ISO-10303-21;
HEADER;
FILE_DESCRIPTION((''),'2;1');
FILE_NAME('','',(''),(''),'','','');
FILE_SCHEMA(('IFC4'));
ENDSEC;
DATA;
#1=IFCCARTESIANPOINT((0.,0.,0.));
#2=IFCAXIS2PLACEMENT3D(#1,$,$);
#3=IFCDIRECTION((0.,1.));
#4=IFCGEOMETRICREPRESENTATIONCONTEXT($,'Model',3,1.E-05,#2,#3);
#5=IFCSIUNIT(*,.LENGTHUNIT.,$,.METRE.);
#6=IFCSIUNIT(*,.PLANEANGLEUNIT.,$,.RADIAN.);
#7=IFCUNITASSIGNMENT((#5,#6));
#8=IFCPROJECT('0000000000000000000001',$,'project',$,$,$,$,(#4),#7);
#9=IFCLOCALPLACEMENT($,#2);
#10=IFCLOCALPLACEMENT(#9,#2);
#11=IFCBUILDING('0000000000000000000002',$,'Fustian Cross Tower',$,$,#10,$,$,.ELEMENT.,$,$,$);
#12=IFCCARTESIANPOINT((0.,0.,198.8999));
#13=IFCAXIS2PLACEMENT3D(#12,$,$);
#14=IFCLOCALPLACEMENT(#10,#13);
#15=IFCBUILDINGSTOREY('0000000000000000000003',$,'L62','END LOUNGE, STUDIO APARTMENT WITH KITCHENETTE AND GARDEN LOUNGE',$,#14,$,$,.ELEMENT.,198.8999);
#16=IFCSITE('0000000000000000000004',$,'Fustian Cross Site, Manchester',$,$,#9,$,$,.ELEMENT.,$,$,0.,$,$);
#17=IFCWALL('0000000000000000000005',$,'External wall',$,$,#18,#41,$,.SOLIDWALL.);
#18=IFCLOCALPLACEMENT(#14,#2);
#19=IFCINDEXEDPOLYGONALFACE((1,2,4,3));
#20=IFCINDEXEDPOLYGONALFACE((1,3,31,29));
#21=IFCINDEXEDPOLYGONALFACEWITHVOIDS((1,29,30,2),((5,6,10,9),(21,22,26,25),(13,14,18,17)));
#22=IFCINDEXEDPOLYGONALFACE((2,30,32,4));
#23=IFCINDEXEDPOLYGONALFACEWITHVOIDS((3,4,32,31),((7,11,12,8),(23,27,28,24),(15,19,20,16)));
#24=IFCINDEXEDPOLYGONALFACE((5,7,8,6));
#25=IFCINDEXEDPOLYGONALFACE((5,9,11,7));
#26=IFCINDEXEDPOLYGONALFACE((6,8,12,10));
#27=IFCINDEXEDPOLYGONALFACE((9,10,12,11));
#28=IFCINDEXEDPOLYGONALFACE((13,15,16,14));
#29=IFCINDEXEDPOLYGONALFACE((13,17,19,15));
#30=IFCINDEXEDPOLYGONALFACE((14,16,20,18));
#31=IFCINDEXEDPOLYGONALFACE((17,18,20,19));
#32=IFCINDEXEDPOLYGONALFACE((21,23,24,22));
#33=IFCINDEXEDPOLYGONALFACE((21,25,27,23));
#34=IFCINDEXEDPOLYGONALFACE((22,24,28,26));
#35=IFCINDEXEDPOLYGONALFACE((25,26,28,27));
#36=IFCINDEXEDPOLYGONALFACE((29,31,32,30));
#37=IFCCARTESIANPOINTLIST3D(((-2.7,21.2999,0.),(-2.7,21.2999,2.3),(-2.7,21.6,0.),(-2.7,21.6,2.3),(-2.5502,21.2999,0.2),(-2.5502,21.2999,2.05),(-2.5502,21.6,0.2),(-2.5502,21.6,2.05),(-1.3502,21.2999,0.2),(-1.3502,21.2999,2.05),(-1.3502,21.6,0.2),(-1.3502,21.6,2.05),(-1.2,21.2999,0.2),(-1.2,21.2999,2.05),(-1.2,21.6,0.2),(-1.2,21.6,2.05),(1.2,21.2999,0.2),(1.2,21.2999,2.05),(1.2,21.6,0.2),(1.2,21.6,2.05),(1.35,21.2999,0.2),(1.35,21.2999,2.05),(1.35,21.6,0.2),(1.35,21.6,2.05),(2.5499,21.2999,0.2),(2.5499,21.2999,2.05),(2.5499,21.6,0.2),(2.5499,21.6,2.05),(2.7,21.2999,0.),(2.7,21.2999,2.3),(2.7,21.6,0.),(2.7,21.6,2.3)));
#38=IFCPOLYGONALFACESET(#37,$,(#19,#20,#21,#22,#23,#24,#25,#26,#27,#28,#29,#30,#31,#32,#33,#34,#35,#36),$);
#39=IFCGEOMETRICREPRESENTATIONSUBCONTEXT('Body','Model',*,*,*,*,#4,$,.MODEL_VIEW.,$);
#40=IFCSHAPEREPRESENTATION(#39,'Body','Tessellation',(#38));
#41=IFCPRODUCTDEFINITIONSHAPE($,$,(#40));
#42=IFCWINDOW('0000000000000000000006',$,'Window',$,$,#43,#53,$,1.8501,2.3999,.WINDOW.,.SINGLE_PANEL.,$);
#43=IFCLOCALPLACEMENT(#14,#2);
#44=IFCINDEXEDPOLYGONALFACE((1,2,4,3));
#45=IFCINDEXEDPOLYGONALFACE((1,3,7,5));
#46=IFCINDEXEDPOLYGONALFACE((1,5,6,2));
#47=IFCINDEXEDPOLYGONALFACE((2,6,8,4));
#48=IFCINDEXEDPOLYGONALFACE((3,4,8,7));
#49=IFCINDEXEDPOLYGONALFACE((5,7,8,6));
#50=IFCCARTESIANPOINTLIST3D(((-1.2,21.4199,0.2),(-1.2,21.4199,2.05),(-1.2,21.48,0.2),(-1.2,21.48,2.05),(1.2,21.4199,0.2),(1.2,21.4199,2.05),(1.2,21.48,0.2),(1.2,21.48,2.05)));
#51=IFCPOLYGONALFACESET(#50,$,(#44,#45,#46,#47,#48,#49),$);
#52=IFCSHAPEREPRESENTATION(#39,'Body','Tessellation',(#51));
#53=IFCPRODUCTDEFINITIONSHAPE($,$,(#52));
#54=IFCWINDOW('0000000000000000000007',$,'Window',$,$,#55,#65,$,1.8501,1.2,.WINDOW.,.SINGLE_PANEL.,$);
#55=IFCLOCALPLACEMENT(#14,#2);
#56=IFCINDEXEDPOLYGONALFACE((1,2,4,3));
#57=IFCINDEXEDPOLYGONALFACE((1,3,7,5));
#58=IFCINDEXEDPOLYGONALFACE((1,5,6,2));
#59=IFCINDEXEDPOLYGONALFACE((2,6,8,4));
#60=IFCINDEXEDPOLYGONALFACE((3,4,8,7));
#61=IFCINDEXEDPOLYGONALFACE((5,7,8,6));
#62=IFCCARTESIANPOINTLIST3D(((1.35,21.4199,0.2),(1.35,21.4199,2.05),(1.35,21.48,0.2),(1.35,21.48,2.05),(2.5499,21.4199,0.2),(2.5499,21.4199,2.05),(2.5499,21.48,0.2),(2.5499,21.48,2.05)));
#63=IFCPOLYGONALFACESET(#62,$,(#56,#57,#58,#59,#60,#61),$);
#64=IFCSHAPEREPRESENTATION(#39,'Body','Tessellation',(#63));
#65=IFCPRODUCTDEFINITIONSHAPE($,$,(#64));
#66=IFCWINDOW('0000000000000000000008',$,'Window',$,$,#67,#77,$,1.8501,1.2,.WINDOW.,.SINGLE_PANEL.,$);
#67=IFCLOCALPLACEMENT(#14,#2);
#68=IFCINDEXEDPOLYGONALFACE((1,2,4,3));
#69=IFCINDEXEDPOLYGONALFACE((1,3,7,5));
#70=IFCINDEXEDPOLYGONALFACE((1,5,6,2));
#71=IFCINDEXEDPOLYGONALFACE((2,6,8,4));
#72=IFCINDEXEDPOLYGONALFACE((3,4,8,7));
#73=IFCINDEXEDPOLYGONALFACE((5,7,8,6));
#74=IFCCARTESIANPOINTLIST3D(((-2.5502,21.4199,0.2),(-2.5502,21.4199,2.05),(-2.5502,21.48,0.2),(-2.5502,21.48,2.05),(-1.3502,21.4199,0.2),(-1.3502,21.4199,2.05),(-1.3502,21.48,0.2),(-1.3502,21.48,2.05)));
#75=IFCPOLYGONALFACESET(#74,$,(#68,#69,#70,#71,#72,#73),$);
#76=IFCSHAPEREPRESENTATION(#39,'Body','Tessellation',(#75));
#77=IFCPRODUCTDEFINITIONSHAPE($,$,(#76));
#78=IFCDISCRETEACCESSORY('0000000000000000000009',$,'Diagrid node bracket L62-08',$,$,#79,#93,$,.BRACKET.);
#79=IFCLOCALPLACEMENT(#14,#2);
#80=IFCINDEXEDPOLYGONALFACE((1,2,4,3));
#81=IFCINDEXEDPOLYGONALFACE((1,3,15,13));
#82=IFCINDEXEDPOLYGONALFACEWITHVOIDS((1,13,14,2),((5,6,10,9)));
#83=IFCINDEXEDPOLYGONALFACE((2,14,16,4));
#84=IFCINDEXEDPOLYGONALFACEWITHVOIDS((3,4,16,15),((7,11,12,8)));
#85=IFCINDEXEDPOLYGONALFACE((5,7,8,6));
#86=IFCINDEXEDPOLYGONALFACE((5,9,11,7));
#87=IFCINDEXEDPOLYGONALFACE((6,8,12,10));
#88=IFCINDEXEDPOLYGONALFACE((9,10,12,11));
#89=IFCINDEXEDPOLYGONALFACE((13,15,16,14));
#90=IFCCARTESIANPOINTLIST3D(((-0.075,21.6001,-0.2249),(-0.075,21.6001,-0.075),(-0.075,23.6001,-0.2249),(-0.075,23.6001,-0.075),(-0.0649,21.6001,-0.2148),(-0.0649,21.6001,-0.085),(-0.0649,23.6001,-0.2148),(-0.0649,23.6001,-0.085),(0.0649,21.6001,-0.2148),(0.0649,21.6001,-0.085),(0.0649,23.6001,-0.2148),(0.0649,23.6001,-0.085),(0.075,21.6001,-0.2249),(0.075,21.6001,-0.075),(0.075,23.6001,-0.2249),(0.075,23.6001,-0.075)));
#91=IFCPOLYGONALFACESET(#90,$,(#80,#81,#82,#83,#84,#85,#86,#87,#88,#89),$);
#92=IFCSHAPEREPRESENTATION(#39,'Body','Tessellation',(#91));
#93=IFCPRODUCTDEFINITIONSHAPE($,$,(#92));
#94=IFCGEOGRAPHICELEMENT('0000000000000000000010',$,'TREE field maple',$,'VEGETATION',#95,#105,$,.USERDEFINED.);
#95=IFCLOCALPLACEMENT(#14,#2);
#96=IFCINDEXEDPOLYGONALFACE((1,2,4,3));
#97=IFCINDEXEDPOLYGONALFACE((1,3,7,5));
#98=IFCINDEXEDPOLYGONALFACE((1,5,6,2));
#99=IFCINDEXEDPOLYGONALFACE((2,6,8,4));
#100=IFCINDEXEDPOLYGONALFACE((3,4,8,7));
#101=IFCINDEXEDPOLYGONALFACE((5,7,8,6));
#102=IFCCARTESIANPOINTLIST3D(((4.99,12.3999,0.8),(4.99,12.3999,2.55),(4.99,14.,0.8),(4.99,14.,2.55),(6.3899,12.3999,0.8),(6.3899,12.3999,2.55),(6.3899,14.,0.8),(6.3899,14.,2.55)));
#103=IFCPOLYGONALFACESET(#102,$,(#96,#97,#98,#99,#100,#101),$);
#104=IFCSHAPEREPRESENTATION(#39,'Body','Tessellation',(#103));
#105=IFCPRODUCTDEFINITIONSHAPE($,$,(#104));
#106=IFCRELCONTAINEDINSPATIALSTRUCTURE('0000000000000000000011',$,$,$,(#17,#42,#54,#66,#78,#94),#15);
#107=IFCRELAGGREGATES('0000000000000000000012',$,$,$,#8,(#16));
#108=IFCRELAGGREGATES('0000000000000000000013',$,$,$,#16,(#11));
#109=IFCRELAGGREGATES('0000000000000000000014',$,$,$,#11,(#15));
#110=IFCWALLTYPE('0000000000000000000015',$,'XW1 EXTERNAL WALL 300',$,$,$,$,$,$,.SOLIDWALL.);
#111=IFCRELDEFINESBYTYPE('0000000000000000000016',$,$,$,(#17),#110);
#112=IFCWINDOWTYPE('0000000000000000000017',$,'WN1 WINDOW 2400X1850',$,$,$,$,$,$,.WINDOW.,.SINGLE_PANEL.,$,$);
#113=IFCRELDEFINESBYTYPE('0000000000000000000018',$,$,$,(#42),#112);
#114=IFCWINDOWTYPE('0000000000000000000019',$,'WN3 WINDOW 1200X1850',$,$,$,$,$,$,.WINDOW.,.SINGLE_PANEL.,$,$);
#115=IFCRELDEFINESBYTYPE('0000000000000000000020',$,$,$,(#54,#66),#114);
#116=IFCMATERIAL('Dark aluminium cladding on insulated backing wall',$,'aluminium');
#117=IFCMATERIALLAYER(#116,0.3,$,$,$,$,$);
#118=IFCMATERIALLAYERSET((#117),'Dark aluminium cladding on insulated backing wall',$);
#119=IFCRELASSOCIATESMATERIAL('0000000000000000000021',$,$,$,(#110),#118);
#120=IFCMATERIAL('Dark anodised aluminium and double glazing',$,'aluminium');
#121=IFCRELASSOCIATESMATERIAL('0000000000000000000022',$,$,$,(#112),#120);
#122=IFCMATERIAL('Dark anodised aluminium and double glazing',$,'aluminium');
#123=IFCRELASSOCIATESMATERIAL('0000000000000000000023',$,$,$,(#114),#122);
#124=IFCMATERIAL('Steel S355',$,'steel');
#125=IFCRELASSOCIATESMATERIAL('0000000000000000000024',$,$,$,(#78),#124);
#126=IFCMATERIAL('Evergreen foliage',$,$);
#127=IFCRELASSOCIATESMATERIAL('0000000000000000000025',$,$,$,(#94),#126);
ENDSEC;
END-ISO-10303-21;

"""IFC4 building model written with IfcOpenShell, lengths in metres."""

from ifc_helpers import new_model, si_unit, direction, frame, frame_2d, origin, origin_2d, place, context, subcontext, project, spatial, rectangle, hollow_rectangle, extrude, material, layer, layer_set, type_object, element, fill, save


model = new_model("IFC4")

# Units and contexts
model_context = context("Model", 3, precision=1e-05, world=origin(), true_north=direction((0.0, 1.0)))
body_context = subcontext(model_context, "Body", "Model", "MODEL_VIEW")
ifc_project = project(units=[si_unit("LENGTHUNIT", "METRE"), si_unit("PLANEANGLEUNIT", "RADIAN")], contexts=[model_context])

# Site, building, storey
site_placement = place(None, origin())
site = spatial("IfcSite", under=ifc_project, at=site_placement, Name="Fustian Cross Site, Manchester", CompositionType="ELEMENT", RefElevation=0.0)
building_placement = place(site_placement, origin())
building = spatial("IfcBuilding", under=site, at=building_placement, Name="Fustian Cross Tower", CompositionType="ELEMENT")
storey_placement = place(building_placement, frame((0.0, 0.0, 198.8999)))
storey = spatial("IfcBuildingStorey", under=building, at=storey_placement, Name="L62", Description="END LOUNGE, STUDIO APARTMENT WITH KITCHENETTE AND GARDEN LOUNGE", CompositionType="ELEMENT", Elevation=198.8999)

# Shared definitions
ifc_material_1 = material(Name="Dark aluminium cladding on insulated backing wall", Category="aluminium")
ifc_layer_1 = layer(ifc_material_1, 0.3)
ifc_layer_set_1 = layer_set([ifc_layer_1], Name="Dark aluminium cladding on insulated backing wall")
wall_type_1 = type_object("IfcWallType", Name="XW1 EXTERNAL WALL 300", PredefinedType="SOLIDWALL", material=ifc_layer_set_1)

# Wall, openings, windows
wall_1_placement = place(storey_placement, frame((2.7, 21.45, 0.0), z_axis=(0.0, 0.0, 1.0), x_axis=(-1.0, 0.0, 0.0)))
wall_1 = element("IfcWall", 1, at=wall_1_placement, inside=storey, type_object=wall_type_1, Name="External wall", PredefinedType="SOLIDWALL", context=body_context, shape_type="SweptSolid", body=[
    extrude(rectangle(XDim=5.3999, YDim=0.3, at=frame_2d((2.7, 0.0))), origin(), (0.0, 0.0, 1.0), 2.3),
])
opening_1_placement = place(wall_1_placement, frame((1.5, 0.0, 0.2)))
opening_1 = element("IfcOpeningElement", 2, at=opening_1_placement, cuts=wall_1, PredefinedType="OPENING", context=body_context, shape_type="SweptSolid", body=[
    extrude(rectangle(XDim=2.3999, YDim=1.8501, at=frame_2d((1.2, 0.925))), frame((0.0, 0.1599, 0.0), z_axis=(0.0, -1.0, 0.0), x_axis=(1.0, 0.0, 0.0)), (0.0, 0.0, 1.0), 0.3201),
])
opening_2_placement = place(wall_1_placement, frame((0.1499, 0.0, 0.2)))
opening_2 = element("IfcOpeningElement", 3, at=opening_2_placement, cuts=wall_1, PredefinedType="OPENING", context=body_context, shape_type="SweptSolid", body=[
    extrude(rectangle(XDim=1.2, YDim=1.8501, at=frame_2d((0.6001, 0.925))), frame((0.0, 0.1599, 0.0), z_axis=(0.0, -1.0, 0.0), x_axis=(1.0, 0.0, 0.0)), (0.0, 0.0, 1.0), 0.3201),
])
opening_3_placement = place(wall_1_placement, frame((4.05, 0.0, 0.2)))
opening_3 = element("IfcOpeningElement", 4, at=opening_3_placement, cuts=wall_1, PredefinedType="OPENING", context=body_context, shape_type="SweptSolid", body=[
    extrude(rectangle(XDim=1.2, YDim=1.8501, at=frame_2d((0.6001, 0.925))), frame((0.0, 0.1599, 0.0), z_axis=(0.0, -1.0, 0.0), x_axis=(1.0, 0.0, 0.0)), (0.0, 0.0, 1.0), 0.3201),
])
ifc_material_2 = material(Name="Dark anodised aluminium and double glazing", Category="aluminium")
window_type_1 = type_object("IfcWindowType", Name="WN1 WINDOW 2400X1850", PartitioningType="SINGLE_PANEL", PredefinedType="WINDOW", material=ifc_material_2)
window_1_placement = place(opening_1_placement, origin())
window_1 = element("IfcWindow", 5, at=window_1_placement, inside=storey, type_object=window_type_1, Name="Window", OverallHeight=1.8501, OverallWidth=2.3999, PartitioningType="SINGLE_PANEL", PredefinedType="WINDOW", context=body_context, shape_type="SweptSolid", body=[
    extrude(rectangle(XDim=2.3999, YDim=1.8501, at=frame_2d((1.2, 0.925))), frame((0.0, 0.03, 0.0), z_axis=(0.0, -1.0, 0.0), x_axis=(1.0, 0.0, 0.0)), (0.0, 0.0, 1.0), 0.0601),
])
fill(opening_1, window_1)
ifc_material_3 = material(Name="Dark anodised aluminium and double glazing", Category="aluminium")
window_type_2 = type_object("IfcWindowType", Name="WN3 WINDOW 1200X1850", PartitioningType="SINGLE_PANEL", PredefinedType="WINDOW", material=ifc_material_3)
window_2_placement = place(opening_2_placement, origin())
window_2 = element("IfcWindow", 6, at=window_2_placement, inside=storey, type_object=window_type_2, Name="Window", OverallHeight=1.8501, OverallWidth=1.2, PartitioningType="SINGLE_PANEL", PredefinedType="WINDOW", context=body_context, shape_type="SweptSolid", body=[
    extrude(rectangle(XDim=1.2, YDim=1.8501, at=frame_2d((0.6001, 0.925))), frame((0.0, 0.03, 0.0), z_axis=(0.0, -1.0, 0.0), x_axis=(1.0, 0.0, 0.0)), (0.0, 0.0, 1.0), 0.0601),
])
fill(opening_2, window_2)
window_3_placement = place(opening_3_placement, origin())
window_3 = element("IfcWindow", 7, at=window_3_placement, inside=storey, type_object=window_type_2, Name="Window", OverallHeight=1.8501, OverallWidth=1.2, PartitioningType="SINGLE_PANEL", PredefinedType="WINDOW", context=body_context, shape_type="SweptSolid", body=[
    extrude(rectangle(XDim=1.2, YDim=1.8501, at=frame_2d((0.6001, 0.925))), frame((0.0, 0.03, 0.0), z_axis=(0.0, -1.0, 0.0), x_axis=(1.0, 0.0, 0.0)), (0.0, 0.0, 1.0), 0.0601),
])
fill(opening_3, window_3)

# Discrete accessory
ifc_material_4 = material(Name="Steel S355", Category="steel")
discrete_accessory_placement = place(storey_placement, frame((0.0, 23.6001, -0.1499), z_axis=(0.0, -1.0, 0.0), x_axis=(1.0, 0.0, 0.0)))
element("IfcDiscreteAccessory", 8, at=discrete_accessory_placement, inside=storey, material=ifc_material_4, Name="Diagrid node bracket L62-08", PredefinedType="BRACKET", context=body_context, shape_type="SweptSolid", body=[
    extrude(hollow_rectangle(XDim=0.1499, YDim=0.1499, WallThickness=0.01, at=origin_2d()), origin(), (0.0, 0.0, 1.0), 2.0),
])

# Geographic element
ifc_material_5 = material(Name="Evergreen foliage")
geographic_element_placement = place(storey_placement, frame((5.6899, 13.2, 0.8), z_axis=(0.0, 0.0, 1.0), x_axis=(1.0, 0.0, 0.0)))
element("IfcGeographicElement", 9, at=geographic_element_placement, inside=storey, material=ifc_material_5, Name="TREE field maple", ObjectType="VEGETATION", PredefinedType="USERDEFINED", context=body_context, shape_type="SweptSolid", body=[
    extrude(rectangle(XDim=1.3999, YDim=1.6001, at=origin_2d()), origin(), (0.0, 0.0, 1.0), 1.75),
])

save(model, "model.ifc")
